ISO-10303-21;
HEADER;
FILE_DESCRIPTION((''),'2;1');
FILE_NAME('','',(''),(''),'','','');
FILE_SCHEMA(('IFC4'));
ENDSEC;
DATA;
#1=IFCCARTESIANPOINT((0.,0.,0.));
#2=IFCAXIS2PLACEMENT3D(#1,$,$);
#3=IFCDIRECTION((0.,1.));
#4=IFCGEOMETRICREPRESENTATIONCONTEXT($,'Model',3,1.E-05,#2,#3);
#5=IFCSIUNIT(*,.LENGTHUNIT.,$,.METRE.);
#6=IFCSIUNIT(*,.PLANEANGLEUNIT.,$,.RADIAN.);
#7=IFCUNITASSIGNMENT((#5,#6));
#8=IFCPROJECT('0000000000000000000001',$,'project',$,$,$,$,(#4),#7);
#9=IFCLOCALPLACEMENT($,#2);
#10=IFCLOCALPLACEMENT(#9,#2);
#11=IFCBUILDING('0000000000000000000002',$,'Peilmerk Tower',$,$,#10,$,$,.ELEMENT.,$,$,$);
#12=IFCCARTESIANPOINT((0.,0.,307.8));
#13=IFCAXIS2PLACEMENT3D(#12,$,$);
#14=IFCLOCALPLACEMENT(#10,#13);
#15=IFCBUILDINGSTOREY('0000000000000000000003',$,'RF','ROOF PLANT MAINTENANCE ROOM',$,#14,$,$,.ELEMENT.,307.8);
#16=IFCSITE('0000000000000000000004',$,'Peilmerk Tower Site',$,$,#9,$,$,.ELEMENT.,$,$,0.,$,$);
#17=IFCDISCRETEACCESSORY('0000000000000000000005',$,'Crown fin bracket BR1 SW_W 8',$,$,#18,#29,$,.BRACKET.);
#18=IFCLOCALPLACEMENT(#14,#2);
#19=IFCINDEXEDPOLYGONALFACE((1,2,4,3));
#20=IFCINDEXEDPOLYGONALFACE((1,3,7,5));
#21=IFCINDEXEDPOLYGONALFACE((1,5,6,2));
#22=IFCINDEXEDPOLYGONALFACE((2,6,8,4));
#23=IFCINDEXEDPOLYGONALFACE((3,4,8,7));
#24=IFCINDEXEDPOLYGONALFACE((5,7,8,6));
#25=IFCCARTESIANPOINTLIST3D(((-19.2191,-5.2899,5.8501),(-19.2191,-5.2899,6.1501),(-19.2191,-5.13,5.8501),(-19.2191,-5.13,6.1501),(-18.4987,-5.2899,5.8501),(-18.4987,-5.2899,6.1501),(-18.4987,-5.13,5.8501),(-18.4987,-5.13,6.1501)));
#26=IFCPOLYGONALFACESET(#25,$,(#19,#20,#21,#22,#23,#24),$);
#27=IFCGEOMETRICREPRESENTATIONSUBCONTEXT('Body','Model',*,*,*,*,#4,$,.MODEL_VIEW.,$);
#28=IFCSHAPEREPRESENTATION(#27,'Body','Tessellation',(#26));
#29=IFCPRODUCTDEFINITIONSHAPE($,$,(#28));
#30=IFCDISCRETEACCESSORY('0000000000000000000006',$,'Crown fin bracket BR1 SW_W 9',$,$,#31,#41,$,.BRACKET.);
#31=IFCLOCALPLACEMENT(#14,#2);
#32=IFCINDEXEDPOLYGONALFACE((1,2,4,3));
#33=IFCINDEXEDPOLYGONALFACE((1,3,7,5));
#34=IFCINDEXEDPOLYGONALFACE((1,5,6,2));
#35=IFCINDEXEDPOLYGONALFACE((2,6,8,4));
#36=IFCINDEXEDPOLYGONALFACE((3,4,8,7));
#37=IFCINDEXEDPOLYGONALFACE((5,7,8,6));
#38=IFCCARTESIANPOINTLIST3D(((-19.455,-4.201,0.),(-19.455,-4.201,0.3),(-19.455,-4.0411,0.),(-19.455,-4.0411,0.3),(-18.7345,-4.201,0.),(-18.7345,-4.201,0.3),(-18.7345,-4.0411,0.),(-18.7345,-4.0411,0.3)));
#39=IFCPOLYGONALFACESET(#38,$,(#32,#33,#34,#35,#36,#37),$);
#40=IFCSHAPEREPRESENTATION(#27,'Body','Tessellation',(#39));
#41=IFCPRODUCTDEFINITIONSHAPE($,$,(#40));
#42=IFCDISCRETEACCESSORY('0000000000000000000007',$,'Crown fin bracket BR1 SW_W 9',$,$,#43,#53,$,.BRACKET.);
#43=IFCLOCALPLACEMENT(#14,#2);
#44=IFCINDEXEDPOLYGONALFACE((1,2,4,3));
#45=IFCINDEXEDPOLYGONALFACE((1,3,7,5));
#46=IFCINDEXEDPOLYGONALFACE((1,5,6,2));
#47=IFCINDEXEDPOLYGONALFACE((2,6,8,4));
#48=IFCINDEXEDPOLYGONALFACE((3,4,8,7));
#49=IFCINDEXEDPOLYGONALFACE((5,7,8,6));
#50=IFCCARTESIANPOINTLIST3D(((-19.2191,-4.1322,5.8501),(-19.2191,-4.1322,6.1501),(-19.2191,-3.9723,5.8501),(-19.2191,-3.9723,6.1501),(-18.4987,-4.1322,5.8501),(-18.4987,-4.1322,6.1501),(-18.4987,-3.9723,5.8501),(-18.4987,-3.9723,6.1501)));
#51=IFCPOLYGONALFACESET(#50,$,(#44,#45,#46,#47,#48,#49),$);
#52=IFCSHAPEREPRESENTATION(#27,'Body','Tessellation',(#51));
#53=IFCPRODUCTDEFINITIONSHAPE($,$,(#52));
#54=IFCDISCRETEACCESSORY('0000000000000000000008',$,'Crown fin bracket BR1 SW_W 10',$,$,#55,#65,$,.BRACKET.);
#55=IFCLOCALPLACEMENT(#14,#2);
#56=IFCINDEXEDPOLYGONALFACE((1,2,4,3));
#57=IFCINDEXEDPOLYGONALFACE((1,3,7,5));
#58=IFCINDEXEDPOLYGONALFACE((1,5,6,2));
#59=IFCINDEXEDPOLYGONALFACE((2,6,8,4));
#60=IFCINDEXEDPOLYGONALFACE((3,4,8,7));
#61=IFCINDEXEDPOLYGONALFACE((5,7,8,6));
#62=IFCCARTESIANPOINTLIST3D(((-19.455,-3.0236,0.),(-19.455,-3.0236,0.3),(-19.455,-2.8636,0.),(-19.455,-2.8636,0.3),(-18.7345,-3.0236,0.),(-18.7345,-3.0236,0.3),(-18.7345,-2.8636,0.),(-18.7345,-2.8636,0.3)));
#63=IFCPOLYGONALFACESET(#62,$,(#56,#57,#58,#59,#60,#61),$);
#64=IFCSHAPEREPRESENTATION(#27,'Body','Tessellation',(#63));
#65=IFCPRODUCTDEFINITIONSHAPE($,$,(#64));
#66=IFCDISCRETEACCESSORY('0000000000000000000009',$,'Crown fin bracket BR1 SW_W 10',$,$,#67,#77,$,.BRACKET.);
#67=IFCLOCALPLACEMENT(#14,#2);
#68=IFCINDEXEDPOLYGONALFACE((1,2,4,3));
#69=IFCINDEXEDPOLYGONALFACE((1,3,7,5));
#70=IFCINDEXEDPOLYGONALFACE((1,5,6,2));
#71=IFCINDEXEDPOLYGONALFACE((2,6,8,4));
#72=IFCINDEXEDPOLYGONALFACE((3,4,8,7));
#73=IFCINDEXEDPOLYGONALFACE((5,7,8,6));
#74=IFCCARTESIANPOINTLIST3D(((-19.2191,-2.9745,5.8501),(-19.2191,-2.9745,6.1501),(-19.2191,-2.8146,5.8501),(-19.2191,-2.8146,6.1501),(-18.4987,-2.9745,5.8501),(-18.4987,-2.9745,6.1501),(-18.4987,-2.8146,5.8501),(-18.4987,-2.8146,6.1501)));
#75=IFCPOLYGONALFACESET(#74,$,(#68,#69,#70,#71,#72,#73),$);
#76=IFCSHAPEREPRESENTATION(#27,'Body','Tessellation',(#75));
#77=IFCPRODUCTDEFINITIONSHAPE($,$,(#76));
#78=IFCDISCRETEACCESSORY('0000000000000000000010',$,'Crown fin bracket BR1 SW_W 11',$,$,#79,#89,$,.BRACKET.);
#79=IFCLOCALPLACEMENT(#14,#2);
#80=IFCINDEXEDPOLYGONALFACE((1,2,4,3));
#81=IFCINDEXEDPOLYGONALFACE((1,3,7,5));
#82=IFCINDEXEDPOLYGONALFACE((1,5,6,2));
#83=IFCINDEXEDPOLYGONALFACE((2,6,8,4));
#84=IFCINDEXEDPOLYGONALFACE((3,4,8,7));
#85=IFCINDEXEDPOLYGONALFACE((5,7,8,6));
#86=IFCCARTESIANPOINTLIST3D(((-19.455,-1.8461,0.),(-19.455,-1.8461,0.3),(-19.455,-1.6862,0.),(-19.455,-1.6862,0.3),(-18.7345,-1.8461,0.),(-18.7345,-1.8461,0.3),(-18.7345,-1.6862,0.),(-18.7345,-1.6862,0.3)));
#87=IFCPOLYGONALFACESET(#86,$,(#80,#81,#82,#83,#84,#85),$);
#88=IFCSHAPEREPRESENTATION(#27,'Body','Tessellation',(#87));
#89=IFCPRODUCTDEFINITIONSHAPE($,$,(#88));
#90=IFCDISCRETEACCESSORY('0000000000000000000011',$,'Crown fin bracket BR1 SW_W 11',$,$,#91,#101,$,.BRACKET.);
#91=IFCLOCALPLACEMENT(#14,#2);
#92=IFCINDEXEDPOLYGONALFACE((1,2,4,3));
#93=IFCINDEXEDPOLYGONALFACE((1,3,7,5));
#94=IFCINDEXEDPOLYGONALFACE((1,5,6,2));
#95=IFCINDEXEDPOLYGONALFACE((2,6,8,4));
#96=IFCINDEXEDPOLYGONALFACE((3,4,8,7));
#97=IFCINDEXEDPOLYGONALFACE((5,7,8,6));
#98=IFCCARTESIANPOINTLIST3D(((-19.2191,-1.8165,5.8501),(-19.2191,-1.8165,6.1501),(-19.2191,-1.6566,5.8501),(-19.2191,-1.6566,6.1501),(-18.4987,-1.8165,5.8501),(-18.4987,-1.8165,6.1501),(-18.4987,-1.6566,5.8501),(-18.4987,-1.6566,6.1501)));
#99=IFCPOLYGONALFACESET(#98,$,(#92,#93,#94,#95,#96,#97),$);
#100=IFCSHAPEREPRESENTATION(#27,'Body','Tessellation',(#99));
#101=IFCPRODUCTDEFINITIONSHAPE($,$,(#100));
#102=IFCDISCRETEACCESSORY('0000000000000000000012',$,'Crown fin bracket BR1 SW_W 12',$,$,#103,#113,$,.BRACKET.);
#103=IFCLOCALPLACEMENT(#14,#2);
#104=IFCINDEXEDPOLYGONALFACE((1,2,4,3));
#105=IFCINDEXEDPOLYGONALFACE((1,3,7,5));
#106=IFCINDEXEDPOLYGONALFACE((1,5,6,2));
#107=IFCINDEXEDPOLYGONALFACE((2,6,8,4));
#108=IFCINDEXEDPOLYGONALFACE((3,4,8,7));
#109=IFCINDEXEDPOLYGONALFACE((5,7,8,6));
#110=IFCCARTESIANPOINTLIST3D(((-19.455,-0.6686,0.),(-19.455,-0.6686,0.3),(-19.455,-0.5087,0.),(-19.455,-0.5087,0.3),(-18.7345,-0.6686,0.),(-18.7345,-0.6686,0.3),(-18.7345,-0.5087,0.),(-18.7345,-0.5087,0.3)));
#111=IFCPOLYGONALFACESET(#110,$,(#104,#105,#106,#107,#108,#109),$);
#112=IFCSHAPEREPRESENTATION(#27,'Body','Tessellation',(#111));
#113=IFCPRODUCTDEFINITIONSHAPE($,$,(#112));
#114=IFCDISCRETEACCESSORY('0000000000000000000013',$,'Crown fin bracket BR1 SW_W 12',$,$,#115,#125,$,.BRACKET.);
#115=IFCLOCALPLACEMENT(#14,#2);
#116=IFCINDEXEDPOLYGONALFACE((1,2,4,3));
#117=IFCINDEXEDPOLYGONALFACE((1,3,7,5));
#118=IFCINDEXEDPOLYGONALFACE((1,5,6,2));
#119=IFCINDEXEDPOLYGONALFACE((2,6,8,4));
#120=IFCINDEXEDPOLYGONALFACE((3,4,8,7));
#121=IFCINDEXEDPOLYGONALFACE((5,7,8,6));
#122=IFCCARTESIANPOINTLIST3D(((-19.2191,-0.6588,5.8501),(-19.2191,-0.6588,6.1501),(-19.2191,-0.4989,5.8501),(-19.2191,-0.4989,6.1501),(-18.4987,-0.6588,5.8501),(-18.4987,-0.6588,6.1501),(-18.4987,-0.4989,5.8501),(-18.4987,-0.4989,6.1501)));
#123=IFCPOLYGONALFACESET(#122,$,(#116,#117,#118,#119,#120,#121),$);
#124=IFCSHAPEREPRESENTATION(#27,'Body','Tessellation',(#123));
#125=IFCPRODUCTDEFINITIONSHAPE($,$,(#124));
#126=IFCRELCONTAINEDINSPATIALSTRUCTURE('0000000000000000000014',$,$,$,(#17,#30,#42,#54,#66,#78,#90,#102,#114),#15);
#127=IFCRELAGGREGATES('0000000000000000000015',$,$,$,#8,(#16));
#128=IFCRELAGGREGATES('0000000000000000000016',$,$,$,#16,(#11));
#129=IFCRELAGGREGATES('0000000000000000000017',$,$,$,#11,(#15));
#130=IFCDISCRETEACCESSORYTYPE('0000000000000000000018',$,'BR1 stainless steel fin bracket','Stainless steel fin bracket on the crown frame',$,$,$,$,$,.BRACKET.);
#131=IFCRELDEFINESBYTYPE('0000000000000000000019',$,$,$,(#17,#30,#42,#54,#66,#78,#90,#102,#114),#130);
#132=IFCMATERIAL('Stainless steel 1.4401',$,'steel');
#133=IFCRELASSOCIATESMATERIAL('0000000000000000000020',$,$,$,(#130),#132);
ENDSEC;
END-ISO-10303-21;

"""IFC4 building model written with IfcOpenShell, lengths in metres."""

from ifc_helpers import new_model, si_unit, direction, frame, origin, origin_2d, place, context, subcontext, project, spatial, rectangle, extrude, source, transform, mapped, material, type_object, element, save


model = new_model("IFC4")

# Units and contexts
model_context = context("Model", 3, precision=1e-05, world=origin(), true_north=direction((0.0, 1.0)))
body_context = subcontext(model_context, "Body", "Model", "MODEL_VIEW")
ifc_project = project(units=[si_unit("LENGTHUNIT", "METRE"), si_unit("PLANEANGLEUNIT", "RADIAN")], contexts=[model_context])

# Site, building, storey
site_placement = place(None, origin())
site = spatial("IfcSite", under=ifc_project, at=site_placement, Name="Peilmerk Tower Site", CompositionType="ELEMENT", RefElevation=0.0)
building_placement = place(site_placement, origin())
building = spatial("IfcBuilding", under=site, at=building_placement, Name="Peilmerk Tower", CompositionType="ELEMENT")
storey_placement = place(building_placement, frame((0.0, 0.0, 307.8)))
storey = spatial("IfcBuildingStorey", under=building, at=storey_placement, Name="RF", Description="ROOF PLANT MAINTENANCE ROOM", CompositionType="ELEMENT", Elevation=307.8)

# Discrete accessories
ifc_material_1 = material(Name="Stainless steel 1.4401", Category="steel")
discrete_accessory_type = type_object("IfcDiscreteAccessoryType", Name="BR1 stainless steel fin bracket", Description="Stainless steel fin bracket on the crown frame", PredefinedType="BRACKET", material=ifc_material_1)
shared_shape_1 = source(origin(), body_context, "Body", "SweptSolid", [
    extrude(rectangle(XDim=0.7205, YDim=0.1599, at=origin_2d()), origin(), (0.0, 0.0, 1.0), 0.3),
])
for number, where, z_axis, x_axis, name in (
    (1, (-18.8589, -5.21, 5.8501), (0.0, 0.0, 1.0), (-1.0, 0.0, 0.0), "Crown fin bracket BR1 SW_W 8"),
    (2, (-19.0947, -4.1211, 0.0), (0.0, 0.0, 1.0), (-1.0, 0.0, 0.0), "Crown fin bracket BR1 SW_W 9"),
    (3, (-18.8589, -4.0522, 5.8501), (0.0, 0.0, 1.0), (-1.0, 0.0, 0.0), "Crown fin bracket BR1 SW_W 9"),
    (4, (-19.0947, -2.9436, 0.0), (0.0, 0.0, 1.0), (-1.0, 0.0, 0.0), "Crown fin bracket BR1 SW_W 10"),
    (5, (-18.8589, -2.8945, 5.8501), (0.0, 0.0, 1.0), (-1.0, 0.0, 0.0), "Crown fin bracket BR1 SW_W 10"),
    (6, (-19.0947, -1.7661, 0.0), (0.0, 0.0, 1.0), (-1.0, 0.0, 0.0), "Crown fin bracket BR1 SW_W 11"),
    (7, (-18.8589, -1.7366, 5.8501), (0.0, 0.0, 1.0), (-1.0, 0.0, 0.0), "Crown fin bracket BR1 SW_W 11"),
    (8, (-19.0947, -0.5886, 0.0), (0.0, 0.0, 1.0), (-1.0, 0.0, 0.0), "Crown fin bracket BR1 SW_W 12"),
    (9, (-18.8589, -0.5789, 5.8501), (0.0, 0.0, 1.0), (-1.0, 0.0, 0.0), "Crown fin bracket BR1 SW_W 12"),
):
    element("IfcDiscreteAccessory", number, at=place(storey_placement, frame(where, z_axis=z_axis, x_axis=x_axis)), inside=storey, type_object=discrete_accessory_type, Name=name, PredefinedType="BRACKET", context=body_context, shape_type="MappedRepresentation", body=[
        mapped(shared_shape_1, transform((0.0, 0.0, 0.0), scale=1.0)),
    ])

save(model, "model.ifc")
